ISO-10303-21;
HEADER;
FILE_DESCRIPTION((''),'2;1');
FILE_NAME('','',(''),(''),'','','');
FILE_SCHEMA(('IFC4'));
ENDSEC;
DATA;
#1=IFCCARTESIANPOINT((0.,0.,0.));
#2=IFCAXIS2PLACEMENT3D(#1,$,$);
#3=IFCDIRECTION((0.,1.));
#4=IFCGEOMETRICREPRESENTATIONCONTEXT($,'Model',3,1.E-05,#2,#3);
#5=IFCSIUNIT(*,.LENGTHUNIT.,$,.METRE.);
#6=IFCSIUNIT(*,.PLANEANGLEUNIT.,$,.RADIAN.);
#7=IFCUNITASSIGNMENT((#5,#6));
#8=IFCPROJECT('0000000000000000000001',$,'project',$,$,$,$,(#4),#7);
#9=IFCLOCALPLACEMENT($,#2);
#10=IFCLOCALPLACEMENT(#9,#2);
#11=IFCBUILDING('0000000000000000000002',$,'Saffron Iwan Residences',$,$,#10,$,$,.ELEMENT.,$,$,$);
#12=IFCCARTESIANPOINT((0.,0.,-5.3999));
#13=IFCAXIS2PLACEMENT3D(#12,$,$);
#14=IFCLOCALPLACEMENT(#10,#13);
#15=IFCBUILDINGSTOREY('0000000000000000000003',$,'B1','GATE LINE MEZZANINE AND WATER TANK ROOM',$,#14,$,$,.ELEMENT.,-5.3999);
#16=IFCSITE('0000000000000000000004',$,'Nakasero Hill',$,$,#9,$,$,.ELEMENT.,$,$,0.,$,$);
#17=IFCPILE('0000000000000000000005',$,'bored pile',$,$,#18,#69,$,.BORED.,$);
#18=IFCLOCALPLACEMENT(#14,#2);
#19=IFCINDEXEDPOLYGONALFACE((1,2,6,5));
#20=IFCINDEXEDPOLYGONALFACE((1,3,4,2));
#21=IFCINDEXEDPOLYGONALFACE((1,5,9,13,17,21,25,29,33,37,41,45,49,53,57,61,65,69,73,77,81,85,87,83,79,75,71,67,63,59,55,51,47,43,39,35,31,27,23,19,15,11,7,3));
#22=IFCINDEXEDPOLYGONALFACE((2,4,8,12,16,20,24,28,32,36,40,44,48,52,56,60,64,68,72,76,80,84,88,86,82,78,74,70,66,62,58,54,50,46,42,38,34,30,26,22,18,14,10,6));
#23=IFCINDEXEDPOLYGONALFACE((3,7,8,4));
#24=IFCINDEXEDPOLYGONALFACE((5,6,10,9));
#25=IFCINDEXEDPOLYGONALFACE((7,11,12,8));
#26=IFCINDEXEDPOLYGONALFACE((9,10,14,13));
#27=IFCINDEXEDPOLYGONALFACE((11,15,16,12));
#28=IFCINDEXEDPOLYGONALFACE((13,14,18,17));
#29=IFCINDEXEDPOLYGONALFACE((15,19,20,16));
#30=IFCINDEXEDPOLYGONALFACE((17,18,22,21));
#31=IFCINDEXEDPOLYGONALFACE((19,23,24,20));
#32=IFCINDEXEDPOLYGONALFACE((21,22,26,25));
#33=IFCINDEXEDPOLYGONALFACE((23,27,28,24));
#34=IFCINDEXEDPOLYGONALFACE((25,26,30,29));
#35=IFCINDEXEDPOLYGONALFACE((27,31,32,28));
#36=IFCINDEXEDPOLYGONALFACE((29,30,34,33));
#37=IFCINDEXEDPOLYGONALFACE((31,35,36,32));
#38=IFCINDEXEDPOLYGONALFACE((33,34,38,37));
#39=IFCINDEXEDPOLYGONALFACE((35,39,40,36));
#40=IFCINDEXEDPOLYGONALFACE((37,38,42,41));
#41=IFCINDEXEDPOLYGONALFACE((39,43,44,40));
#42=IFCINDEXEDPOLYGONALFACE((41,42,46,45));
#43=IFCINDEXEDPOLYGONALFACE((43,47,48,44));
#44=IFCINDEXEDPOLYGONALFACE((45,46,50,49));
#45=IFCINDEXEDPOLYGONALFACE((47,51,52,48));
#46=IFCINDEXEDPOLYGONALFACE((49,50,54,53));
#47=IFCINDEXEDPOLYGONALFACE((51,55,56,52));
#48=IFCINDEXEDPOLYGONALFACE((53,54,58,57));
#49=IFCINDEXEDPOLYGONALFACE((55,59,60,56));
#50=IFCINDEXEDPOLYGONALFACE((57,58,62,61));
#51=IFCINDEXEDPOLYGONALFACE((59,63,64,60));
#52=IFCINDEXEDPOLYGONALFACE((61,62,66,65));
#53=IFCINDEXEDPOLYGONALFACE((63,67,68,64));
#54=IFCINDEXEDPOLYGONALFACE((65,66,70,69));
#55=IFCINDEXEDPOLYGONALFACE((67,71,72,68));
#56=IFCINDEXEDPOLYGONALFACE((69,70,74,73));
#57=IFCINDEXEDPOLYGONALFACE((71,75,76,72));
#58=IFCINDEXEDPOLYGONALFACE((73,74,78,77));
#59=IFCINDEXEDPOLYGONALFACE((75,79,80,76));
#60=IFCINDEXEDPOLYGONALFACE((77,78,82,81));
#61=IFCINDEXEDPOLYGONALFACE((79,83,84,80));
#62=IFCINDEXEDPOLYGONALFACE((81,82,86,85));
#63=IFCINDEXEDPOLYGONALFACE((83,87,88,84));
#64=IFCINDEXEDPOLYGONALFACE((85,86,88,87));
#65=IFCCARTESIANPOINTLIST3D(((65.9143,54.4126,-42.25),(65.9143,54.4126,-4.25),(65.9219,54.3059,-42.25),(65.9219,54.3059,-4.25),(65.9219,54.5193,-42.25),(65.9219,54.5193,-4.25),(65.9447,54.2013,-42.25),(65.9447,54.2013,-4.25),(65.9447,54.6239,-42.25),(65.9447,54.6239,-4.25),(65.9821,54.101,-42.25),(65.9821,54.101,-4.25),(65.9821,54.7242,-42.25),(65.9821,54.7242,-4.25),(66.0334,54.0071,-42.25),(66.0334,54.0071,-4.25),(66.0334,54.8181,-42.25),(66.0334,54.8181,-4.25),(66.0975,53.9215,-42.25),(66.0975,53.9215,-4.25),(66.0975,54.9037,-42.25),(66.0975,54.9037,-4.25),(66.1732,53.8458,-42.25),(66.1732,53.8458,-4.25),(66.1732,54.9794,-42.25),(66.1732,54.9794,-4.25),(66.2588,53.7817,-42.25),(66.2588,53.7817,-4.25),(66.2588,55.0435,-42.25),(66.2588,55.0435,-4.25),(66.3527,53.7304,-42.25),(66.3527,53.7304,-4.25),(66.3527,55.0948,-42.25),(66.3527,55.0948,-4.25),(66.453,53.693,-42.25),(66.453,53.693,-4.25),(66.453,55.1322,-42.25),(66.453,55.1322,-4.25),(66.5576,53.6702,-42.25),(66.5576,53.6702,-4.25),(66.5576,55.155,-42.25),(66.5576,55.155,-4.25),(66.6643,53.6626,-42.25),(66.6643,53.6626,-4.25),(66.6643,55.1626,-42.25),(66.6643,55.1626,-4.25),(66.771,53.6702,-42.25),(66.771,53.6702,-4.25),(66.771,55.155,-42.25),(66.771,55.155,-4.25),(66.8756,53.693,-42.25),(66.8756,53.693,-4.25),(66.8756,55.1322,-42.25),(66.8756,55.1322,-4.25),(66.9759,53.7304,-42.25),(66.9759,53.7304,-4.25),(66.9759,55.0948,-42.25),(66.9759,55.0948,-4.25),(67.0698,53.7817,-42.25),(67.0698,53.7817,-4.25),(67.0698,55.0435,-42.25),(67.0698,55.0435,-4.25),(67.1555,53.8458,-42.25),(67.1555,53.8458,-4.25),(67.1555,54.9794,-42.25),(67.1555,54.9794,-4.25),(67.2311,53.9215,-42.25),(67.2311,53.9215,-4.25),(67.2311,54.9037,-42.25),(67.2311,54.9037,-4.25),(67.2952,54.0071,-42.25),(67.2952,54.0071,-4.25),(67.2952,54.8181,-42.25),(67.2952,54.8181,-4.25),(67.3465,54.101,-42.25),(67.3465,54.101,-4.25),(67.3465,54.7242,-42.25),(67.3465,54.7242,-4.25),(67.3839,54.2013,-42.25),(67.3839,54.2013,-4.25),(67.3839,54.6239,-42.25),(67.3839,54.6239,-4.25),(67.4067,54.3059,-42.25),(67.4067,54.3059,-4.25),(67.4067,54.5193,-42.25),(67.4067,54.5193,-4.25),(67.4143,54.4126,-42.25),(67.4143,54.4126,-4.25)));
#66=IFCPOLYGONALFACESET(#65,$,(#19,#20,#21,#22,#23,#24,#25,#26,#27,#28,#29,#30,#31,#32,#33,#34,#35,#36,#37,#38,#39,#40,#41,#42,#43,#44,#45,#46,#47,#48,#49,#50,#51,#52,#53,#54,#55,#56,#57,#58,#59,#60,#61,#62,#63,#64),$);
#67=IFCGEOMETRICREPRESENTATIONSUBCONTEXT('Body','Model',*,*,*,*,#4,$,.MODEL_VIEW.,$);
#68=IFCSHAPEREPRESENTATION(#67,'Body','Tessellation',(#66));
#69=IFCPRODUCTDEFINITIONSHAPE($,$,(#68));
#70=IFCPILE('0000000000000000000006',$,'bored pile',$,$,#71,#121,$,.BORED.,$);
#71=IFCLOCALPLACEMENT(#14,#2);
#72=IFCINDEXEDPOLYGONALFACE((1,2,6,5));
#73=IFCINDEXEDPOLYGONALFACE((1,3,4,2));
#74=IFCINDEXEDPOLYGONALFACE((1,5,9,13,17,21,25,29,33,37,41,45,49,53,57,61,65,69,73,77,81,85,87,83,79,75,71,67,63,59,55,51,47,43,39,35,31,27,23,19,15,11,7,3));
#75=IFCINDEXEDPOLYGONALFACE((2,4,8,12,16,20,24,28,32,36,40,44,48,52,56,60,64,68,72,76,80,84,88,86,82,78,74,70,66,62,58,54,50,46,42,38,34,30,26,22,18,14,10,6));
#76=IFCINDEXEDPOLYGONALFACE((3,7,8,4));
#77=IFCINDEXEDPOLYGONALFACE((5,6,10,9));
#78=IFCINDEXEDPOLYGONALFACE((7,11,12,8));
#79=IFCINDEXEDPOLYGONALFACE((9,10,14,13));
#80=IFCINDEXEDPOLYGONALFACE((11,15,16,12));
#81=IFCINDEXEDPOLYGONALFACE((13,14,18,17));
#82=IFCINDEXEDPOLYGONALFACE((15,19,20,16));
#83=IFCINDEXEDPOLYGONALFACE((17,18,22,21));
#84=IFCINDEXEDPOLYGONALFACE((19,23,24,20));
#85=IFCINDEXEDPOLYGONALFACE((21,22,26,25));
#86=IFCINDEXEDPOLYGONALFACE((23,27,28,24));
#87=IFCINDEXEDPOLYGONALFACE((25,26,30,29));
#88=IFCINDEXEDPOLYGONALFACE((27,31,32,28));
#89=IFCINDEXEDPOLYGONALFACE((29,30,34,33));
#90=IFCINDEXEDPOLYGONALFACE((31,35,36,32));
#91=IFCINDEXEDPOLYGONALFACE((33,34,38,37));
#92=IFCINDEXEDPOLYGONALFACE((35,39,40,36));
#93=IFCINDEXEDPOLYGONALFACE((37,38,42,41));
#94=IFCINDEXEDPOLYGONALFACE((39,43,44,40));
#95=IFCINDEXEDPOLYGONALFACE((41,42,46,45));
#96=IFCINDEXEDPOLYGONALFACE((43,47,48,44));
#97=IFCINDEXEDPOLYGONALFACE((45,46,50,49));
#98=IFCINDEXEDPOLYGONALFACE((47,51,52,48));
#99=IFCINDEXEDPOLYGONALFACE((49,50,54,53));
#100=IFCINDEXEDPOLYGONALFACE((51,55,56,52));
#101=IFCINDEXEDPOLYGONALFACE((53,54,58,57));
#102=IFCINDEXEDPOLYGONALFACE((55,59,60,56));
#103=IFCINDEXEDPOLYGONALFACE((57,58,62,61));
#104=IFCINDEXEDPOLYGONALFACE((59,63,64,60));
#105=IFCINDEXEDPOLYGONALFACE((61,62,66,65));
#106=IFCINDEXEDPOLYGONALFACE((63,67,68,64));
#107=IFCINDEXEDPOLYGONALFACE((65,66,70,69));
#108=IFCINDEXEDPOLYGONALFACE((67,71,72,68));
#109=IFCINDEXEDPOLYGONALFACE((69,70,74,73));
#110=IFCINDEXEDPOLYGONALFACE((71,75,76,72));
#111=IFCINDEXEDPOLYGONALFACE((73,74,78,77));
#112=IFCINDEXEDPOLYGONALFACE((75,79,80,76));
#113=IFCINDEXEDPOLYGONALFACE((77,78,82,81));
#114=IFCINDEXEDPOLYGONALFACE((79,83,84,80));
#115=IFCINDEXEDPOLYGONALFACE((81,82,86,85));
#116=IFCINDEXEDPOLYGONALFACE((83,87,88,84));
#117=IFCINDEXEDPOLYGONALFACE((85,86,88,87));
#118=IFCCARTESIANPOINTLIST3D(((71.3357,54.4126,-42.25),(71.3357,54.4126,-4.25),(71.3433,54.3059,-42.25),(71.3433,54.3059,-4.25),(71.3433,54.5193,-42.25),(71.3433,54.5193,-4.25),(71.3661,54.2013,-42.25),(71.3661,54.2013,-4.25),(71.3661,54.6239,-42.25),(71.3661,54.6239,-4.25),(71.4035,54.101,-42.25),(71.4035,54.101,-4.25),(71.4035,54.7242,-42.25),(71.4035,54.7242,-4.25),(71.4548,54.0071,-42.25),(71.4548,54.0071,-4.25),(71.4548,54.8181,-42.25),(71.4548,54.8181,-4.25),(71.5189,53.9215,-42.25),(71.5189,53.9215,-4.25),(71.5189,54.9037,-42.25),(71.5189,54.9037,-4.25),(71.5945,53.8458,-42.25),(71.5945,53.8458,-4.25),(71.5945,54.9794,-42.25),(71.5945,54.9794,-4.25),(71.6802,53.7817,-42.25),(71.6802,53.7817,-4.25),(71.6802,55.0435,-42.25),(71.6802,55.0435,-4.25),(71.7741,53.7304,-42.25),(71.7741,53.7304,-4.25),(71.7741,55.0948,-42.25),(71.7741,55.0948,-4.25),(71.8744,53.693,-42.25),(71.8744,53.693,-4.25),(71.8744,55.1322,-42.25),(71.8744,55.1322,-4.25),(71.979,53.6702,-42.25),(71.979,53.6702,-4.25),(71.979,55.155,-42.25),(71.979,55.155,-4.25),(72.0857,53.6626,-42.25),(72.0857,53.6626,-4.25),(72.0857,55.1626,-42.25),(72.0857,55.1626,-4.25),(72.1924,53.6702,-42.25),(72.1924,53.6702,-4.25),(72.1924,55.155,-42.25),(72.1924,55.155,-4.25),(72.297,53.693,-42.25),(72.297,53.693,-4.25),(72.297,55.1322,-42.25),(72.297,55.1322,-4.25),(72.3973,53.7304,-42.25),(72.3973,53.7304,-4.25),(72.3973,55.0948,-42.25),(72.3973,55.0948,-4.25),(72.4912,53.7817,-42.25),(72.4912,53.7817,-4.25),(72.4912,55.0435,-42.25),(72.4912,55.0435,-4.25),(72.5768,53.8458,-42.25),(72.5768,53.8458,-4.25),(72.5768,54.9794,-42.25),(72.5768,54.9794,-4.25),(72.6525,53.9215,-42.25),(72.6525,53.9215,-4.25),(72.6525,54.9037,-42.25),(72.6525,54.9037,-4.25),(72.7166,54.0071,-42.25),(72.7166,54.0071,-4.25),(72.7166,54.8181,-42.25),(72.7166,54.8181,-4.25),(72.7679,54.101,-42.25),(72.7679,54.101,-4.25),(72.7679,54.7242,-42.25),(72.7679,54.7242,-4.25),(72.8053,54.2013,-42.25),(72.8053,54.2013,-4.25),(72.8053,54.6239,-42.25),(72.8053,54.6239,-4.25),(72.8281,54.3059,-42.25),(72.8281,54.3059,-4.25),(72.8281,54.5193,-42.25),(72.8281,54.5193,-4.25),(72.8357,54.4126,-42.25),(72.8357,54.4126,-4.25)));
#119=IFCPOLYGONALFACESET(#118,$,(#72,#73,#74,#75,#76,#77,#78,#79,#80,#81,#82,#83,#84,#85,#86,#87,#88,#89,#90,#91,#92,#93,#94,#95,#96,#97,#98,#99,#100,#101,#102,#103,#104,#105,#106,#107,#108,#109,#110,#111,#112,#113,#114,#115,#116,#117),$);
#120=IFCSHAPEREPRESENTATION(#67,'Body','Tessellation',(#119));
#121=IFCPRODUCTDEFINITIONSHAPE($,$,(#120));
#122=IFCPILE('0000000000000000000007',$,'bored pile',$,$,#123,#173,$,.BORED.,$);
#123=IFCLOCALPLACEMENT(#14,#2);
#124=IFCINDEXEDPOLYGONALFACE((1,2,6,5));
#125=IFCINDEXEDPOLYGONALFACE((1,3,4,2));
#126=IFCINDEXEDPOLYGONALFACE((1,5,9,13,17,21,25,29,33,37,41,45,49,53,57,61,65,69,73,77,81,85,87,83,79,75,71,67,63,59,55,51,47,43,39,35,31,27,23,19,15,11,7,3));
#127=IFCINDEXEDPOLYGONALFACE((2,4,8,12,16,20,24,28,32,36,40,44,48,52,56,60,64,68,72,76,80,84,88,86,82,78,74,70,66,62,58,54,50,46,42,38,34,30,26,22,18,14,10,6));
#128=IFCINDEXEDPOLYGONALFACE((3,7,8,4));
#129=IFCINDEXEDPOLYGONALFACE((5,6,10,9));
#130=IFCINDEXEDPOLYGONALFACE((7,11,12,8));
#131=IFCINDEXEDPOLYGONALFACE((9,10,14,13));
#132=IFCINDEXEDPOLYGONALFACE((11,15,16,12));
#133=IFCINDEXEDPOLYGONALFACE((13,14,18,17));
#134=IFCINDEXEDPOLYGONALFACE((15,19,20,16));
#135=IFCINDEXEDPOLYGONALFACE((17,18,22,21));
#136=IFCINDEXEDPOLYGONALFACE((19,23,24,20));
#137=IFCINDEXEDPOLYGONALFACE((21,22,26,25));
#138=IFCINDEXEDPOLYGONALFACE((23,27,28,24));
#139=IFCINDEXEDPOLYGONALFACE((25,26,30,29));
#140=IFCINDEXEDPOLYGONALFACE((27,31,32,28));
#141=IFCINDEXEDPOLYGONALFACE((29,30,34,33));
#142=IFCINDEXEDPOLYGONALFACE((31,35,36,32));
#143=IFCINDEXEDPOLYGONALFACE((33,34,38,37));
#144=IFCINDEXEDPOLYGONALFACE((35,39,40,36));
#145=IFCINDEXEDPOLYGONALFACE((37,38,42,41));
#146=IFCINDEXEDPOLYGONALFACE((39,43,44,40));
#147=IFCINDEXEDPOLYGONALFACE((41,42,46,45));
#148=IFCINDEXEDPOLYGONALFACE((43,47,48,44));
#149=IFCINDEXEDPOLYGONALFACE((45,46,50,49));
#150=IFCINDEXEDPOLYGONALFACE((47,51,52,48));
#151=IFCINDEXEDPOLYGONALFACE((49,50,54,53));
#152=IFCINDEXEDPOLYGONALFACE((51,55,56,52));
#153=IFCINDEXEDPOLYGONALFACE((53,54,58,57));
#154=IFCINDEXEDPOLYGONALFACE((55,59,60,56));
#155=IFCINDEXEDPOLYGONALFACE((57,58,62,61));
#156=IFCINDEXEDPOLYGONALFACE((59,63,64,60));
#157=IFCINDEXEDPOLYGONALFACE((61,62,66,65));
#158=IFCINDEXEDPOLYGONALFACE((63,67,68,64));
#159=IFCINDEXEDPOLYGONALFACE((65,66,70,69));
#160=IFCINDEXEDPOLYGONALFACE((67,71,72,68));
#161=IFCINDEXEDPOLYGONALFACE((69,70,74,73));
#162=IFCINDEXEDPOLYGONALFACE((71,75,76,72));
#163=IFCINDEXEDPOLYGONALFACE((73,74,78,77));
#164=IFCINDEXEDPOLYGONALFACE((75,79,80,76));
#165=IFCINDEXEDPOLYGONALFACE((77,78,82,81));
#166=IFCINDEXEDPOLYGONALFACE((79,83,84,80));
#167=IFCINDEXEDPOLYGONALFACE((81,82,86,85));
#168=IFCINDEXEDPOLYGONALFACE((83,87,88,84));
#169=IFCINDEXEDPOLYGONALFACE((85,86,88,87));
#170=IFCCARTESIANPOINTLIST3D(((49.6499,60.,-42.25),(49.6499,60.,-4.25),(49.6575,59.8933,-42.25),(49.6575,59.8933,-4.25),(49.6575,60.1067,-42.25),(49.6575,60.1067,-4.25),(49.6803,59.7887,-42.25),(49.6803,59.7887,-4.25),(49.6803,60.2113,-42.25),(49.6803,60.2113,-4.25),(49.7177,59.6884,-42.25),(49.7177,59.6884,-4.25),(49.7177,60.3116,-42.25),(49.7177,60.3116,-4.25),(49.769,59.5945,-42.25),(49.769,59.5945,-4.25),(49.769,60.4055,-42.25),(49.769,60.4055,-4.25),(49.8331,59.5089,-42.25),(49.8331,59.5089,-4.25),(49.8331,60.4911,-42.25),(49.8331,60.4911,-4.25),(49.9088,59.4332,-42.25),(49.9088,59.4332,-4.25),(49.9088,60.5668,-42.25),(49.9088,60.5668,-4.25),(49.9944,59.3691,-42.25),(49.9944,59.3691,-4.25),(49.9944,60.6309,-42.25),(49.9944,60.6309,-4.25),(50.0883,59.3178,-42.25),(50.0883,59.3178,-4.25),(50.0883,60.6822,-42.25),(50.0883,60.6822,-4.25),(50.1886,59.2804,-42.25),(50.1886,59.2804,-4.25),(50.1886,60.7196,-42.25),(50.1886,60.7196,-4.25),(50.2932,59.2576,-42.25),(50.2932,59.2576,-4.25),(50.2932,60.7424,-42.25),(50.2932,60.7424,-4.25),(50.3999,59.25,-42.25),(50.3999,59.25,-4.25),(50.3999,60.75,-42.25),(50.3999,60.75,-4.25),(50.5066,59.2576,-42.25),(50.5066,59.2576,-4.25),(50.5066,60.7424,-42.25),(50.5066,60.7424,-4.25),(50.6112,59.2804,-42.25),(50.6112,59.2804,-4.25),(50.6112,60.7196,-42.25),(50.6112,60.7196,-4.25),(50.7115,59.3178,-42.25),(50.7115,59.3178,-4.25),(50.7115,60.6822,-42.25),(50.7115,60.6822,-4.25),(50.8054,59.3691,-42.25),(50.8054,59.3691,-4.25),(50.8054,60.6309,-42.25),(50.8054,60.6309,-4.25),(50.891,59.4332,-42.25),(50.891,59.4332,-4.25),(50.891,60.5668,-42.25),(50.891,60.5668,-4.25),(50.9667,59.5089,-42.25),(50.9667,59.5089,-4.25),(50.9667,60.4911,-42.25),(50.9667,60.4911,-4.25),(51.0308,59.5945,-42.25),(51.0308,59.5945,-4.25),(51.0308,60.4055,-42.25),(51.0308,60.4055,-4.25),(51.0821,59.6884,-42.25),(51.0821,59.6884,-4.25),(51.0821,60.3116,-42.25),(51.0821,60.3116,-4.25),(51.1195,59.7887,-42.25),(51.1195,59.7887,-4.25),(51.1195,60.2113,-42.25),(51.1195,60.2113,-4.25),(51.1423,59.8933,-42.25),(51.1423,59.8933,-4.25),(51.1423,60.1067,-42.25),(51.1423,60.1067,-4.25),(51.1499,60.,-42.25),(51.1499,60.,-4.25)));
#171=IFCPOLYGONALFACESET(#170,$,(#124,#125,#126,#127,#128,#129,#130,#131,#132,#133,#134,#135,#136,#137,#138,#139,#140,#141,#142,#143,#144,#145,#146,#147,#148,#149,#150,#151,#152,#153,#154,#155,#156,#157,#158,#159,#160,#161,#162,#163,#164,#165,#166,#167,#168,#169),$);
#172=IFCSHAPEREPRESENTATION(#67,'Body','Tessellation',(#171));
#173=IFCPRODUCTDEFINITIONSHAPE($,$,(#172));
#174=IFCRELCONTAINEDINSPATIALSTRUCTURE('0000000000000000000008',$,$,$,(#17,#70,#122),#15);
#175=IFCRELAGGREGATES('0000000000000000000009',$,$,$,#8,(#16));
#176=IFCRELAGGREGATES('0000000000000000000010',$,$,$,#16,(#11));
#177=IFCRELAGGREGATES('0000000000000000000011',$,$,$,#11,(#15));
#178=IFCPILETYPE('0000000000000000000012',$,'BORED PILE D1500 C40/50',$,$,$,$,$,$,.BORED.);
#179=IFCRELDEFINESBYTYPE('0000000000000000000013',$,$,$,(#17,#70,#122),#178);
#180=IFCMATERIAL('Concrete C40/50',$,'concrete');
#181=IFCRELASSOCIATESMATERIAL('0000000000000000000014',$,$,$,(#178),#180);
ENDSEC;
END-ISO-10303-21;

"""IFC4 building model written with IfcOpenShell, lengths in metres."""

from ifc_helpers import new_model, si_unit, direction, frame, origin, origin_2d, place, context, subcontext, project, spatial, circle, extrude, material, material_profile, profile_set, type_object, element, save


model = new_model("IFC4")

# Units and contexts
model_context = context("Model", 3, precision=1e-05, world=origin(), true_north=direction((0.0, 1.0)))
body_context = subcontext(model_context, "Body", "Model", "MODEL_VIEW")
ifc_project = project(units=[si_unit("LENGTHUNIT", "METRE"), si_unit("PLANEANGLEUNIT", "RADIAN")], contexts=[model_context])

# Site, building, storey
site_placement = place(None, origin())
site = spatial("IfcSite", under=ifc_project, at=site_placement, Name="Nakasero Hill", CompositionType="ELEMENT", RefElevation=0.0)
building_placement = place(site_placement, origin())
building = spatial("IfcBuilding", under=site, at=building_placement, Name="Saffron Iwan Residences", CompositionType="ELEMENT")
storey_placement = place(building_placement, frame((0.0, 0.0, -5.3999)))
storey = spatial("IfcBuildingStorey", under=building, at=storey_placement, Name="B1", Description="GATE LINE MEZZANINE AND WATER TANK ROOM", CompositionType="ELEMENT", Elevation=-5.3999)

# Piles
ifc_material_1 = material(Name="Concrete C40/50", Category="concrete")
ifc_material_profile = material_profile(ifc_material_1, circle(Radius=0.75, at=origin_2d()), Name="RC D1500")
ifc_profile_set = profile_set([ifc_material_profile], Name="Concrete C40/50")
pile_type = type_object("IfcPileType", Name="BORED PILE D1500 C40/50", PredefinedType="BORED", material=ifc_profile_set)
for number, where, z_axis, x_axis, name in (
    (1, (66.6643, 54.4126, -4.25), (0.0, 0.0, -1.0), (1.0, 0.0, 0.0), "bored pile"),
    (2, (72.0857, 54.4126, -4.25), (0.0, 0.0, -1.0), (1.0, 0.0, 0.0), "bored pile"),
    (3, (50.3999, 60.0, -4.25), (0.0, 0.0, -1.0), (1.0, 0.0, 0.0), "bored pile"),
):
    element("IfcPile", number, at=place(storey_placement, frame(where, z_axis=z_axis, x_axis=x_axis)), inside=storey, type_object=pile_type, Name=name, PredefinedType="BORED", context=body_context, shape_type="SweptSolid", body=[
        extrude(circle(Radius=0.75, at=origin_2d()), origin(), (0.0, 0.0, 1.0), 38.0),
    ])

save(model, "model.ifc")
